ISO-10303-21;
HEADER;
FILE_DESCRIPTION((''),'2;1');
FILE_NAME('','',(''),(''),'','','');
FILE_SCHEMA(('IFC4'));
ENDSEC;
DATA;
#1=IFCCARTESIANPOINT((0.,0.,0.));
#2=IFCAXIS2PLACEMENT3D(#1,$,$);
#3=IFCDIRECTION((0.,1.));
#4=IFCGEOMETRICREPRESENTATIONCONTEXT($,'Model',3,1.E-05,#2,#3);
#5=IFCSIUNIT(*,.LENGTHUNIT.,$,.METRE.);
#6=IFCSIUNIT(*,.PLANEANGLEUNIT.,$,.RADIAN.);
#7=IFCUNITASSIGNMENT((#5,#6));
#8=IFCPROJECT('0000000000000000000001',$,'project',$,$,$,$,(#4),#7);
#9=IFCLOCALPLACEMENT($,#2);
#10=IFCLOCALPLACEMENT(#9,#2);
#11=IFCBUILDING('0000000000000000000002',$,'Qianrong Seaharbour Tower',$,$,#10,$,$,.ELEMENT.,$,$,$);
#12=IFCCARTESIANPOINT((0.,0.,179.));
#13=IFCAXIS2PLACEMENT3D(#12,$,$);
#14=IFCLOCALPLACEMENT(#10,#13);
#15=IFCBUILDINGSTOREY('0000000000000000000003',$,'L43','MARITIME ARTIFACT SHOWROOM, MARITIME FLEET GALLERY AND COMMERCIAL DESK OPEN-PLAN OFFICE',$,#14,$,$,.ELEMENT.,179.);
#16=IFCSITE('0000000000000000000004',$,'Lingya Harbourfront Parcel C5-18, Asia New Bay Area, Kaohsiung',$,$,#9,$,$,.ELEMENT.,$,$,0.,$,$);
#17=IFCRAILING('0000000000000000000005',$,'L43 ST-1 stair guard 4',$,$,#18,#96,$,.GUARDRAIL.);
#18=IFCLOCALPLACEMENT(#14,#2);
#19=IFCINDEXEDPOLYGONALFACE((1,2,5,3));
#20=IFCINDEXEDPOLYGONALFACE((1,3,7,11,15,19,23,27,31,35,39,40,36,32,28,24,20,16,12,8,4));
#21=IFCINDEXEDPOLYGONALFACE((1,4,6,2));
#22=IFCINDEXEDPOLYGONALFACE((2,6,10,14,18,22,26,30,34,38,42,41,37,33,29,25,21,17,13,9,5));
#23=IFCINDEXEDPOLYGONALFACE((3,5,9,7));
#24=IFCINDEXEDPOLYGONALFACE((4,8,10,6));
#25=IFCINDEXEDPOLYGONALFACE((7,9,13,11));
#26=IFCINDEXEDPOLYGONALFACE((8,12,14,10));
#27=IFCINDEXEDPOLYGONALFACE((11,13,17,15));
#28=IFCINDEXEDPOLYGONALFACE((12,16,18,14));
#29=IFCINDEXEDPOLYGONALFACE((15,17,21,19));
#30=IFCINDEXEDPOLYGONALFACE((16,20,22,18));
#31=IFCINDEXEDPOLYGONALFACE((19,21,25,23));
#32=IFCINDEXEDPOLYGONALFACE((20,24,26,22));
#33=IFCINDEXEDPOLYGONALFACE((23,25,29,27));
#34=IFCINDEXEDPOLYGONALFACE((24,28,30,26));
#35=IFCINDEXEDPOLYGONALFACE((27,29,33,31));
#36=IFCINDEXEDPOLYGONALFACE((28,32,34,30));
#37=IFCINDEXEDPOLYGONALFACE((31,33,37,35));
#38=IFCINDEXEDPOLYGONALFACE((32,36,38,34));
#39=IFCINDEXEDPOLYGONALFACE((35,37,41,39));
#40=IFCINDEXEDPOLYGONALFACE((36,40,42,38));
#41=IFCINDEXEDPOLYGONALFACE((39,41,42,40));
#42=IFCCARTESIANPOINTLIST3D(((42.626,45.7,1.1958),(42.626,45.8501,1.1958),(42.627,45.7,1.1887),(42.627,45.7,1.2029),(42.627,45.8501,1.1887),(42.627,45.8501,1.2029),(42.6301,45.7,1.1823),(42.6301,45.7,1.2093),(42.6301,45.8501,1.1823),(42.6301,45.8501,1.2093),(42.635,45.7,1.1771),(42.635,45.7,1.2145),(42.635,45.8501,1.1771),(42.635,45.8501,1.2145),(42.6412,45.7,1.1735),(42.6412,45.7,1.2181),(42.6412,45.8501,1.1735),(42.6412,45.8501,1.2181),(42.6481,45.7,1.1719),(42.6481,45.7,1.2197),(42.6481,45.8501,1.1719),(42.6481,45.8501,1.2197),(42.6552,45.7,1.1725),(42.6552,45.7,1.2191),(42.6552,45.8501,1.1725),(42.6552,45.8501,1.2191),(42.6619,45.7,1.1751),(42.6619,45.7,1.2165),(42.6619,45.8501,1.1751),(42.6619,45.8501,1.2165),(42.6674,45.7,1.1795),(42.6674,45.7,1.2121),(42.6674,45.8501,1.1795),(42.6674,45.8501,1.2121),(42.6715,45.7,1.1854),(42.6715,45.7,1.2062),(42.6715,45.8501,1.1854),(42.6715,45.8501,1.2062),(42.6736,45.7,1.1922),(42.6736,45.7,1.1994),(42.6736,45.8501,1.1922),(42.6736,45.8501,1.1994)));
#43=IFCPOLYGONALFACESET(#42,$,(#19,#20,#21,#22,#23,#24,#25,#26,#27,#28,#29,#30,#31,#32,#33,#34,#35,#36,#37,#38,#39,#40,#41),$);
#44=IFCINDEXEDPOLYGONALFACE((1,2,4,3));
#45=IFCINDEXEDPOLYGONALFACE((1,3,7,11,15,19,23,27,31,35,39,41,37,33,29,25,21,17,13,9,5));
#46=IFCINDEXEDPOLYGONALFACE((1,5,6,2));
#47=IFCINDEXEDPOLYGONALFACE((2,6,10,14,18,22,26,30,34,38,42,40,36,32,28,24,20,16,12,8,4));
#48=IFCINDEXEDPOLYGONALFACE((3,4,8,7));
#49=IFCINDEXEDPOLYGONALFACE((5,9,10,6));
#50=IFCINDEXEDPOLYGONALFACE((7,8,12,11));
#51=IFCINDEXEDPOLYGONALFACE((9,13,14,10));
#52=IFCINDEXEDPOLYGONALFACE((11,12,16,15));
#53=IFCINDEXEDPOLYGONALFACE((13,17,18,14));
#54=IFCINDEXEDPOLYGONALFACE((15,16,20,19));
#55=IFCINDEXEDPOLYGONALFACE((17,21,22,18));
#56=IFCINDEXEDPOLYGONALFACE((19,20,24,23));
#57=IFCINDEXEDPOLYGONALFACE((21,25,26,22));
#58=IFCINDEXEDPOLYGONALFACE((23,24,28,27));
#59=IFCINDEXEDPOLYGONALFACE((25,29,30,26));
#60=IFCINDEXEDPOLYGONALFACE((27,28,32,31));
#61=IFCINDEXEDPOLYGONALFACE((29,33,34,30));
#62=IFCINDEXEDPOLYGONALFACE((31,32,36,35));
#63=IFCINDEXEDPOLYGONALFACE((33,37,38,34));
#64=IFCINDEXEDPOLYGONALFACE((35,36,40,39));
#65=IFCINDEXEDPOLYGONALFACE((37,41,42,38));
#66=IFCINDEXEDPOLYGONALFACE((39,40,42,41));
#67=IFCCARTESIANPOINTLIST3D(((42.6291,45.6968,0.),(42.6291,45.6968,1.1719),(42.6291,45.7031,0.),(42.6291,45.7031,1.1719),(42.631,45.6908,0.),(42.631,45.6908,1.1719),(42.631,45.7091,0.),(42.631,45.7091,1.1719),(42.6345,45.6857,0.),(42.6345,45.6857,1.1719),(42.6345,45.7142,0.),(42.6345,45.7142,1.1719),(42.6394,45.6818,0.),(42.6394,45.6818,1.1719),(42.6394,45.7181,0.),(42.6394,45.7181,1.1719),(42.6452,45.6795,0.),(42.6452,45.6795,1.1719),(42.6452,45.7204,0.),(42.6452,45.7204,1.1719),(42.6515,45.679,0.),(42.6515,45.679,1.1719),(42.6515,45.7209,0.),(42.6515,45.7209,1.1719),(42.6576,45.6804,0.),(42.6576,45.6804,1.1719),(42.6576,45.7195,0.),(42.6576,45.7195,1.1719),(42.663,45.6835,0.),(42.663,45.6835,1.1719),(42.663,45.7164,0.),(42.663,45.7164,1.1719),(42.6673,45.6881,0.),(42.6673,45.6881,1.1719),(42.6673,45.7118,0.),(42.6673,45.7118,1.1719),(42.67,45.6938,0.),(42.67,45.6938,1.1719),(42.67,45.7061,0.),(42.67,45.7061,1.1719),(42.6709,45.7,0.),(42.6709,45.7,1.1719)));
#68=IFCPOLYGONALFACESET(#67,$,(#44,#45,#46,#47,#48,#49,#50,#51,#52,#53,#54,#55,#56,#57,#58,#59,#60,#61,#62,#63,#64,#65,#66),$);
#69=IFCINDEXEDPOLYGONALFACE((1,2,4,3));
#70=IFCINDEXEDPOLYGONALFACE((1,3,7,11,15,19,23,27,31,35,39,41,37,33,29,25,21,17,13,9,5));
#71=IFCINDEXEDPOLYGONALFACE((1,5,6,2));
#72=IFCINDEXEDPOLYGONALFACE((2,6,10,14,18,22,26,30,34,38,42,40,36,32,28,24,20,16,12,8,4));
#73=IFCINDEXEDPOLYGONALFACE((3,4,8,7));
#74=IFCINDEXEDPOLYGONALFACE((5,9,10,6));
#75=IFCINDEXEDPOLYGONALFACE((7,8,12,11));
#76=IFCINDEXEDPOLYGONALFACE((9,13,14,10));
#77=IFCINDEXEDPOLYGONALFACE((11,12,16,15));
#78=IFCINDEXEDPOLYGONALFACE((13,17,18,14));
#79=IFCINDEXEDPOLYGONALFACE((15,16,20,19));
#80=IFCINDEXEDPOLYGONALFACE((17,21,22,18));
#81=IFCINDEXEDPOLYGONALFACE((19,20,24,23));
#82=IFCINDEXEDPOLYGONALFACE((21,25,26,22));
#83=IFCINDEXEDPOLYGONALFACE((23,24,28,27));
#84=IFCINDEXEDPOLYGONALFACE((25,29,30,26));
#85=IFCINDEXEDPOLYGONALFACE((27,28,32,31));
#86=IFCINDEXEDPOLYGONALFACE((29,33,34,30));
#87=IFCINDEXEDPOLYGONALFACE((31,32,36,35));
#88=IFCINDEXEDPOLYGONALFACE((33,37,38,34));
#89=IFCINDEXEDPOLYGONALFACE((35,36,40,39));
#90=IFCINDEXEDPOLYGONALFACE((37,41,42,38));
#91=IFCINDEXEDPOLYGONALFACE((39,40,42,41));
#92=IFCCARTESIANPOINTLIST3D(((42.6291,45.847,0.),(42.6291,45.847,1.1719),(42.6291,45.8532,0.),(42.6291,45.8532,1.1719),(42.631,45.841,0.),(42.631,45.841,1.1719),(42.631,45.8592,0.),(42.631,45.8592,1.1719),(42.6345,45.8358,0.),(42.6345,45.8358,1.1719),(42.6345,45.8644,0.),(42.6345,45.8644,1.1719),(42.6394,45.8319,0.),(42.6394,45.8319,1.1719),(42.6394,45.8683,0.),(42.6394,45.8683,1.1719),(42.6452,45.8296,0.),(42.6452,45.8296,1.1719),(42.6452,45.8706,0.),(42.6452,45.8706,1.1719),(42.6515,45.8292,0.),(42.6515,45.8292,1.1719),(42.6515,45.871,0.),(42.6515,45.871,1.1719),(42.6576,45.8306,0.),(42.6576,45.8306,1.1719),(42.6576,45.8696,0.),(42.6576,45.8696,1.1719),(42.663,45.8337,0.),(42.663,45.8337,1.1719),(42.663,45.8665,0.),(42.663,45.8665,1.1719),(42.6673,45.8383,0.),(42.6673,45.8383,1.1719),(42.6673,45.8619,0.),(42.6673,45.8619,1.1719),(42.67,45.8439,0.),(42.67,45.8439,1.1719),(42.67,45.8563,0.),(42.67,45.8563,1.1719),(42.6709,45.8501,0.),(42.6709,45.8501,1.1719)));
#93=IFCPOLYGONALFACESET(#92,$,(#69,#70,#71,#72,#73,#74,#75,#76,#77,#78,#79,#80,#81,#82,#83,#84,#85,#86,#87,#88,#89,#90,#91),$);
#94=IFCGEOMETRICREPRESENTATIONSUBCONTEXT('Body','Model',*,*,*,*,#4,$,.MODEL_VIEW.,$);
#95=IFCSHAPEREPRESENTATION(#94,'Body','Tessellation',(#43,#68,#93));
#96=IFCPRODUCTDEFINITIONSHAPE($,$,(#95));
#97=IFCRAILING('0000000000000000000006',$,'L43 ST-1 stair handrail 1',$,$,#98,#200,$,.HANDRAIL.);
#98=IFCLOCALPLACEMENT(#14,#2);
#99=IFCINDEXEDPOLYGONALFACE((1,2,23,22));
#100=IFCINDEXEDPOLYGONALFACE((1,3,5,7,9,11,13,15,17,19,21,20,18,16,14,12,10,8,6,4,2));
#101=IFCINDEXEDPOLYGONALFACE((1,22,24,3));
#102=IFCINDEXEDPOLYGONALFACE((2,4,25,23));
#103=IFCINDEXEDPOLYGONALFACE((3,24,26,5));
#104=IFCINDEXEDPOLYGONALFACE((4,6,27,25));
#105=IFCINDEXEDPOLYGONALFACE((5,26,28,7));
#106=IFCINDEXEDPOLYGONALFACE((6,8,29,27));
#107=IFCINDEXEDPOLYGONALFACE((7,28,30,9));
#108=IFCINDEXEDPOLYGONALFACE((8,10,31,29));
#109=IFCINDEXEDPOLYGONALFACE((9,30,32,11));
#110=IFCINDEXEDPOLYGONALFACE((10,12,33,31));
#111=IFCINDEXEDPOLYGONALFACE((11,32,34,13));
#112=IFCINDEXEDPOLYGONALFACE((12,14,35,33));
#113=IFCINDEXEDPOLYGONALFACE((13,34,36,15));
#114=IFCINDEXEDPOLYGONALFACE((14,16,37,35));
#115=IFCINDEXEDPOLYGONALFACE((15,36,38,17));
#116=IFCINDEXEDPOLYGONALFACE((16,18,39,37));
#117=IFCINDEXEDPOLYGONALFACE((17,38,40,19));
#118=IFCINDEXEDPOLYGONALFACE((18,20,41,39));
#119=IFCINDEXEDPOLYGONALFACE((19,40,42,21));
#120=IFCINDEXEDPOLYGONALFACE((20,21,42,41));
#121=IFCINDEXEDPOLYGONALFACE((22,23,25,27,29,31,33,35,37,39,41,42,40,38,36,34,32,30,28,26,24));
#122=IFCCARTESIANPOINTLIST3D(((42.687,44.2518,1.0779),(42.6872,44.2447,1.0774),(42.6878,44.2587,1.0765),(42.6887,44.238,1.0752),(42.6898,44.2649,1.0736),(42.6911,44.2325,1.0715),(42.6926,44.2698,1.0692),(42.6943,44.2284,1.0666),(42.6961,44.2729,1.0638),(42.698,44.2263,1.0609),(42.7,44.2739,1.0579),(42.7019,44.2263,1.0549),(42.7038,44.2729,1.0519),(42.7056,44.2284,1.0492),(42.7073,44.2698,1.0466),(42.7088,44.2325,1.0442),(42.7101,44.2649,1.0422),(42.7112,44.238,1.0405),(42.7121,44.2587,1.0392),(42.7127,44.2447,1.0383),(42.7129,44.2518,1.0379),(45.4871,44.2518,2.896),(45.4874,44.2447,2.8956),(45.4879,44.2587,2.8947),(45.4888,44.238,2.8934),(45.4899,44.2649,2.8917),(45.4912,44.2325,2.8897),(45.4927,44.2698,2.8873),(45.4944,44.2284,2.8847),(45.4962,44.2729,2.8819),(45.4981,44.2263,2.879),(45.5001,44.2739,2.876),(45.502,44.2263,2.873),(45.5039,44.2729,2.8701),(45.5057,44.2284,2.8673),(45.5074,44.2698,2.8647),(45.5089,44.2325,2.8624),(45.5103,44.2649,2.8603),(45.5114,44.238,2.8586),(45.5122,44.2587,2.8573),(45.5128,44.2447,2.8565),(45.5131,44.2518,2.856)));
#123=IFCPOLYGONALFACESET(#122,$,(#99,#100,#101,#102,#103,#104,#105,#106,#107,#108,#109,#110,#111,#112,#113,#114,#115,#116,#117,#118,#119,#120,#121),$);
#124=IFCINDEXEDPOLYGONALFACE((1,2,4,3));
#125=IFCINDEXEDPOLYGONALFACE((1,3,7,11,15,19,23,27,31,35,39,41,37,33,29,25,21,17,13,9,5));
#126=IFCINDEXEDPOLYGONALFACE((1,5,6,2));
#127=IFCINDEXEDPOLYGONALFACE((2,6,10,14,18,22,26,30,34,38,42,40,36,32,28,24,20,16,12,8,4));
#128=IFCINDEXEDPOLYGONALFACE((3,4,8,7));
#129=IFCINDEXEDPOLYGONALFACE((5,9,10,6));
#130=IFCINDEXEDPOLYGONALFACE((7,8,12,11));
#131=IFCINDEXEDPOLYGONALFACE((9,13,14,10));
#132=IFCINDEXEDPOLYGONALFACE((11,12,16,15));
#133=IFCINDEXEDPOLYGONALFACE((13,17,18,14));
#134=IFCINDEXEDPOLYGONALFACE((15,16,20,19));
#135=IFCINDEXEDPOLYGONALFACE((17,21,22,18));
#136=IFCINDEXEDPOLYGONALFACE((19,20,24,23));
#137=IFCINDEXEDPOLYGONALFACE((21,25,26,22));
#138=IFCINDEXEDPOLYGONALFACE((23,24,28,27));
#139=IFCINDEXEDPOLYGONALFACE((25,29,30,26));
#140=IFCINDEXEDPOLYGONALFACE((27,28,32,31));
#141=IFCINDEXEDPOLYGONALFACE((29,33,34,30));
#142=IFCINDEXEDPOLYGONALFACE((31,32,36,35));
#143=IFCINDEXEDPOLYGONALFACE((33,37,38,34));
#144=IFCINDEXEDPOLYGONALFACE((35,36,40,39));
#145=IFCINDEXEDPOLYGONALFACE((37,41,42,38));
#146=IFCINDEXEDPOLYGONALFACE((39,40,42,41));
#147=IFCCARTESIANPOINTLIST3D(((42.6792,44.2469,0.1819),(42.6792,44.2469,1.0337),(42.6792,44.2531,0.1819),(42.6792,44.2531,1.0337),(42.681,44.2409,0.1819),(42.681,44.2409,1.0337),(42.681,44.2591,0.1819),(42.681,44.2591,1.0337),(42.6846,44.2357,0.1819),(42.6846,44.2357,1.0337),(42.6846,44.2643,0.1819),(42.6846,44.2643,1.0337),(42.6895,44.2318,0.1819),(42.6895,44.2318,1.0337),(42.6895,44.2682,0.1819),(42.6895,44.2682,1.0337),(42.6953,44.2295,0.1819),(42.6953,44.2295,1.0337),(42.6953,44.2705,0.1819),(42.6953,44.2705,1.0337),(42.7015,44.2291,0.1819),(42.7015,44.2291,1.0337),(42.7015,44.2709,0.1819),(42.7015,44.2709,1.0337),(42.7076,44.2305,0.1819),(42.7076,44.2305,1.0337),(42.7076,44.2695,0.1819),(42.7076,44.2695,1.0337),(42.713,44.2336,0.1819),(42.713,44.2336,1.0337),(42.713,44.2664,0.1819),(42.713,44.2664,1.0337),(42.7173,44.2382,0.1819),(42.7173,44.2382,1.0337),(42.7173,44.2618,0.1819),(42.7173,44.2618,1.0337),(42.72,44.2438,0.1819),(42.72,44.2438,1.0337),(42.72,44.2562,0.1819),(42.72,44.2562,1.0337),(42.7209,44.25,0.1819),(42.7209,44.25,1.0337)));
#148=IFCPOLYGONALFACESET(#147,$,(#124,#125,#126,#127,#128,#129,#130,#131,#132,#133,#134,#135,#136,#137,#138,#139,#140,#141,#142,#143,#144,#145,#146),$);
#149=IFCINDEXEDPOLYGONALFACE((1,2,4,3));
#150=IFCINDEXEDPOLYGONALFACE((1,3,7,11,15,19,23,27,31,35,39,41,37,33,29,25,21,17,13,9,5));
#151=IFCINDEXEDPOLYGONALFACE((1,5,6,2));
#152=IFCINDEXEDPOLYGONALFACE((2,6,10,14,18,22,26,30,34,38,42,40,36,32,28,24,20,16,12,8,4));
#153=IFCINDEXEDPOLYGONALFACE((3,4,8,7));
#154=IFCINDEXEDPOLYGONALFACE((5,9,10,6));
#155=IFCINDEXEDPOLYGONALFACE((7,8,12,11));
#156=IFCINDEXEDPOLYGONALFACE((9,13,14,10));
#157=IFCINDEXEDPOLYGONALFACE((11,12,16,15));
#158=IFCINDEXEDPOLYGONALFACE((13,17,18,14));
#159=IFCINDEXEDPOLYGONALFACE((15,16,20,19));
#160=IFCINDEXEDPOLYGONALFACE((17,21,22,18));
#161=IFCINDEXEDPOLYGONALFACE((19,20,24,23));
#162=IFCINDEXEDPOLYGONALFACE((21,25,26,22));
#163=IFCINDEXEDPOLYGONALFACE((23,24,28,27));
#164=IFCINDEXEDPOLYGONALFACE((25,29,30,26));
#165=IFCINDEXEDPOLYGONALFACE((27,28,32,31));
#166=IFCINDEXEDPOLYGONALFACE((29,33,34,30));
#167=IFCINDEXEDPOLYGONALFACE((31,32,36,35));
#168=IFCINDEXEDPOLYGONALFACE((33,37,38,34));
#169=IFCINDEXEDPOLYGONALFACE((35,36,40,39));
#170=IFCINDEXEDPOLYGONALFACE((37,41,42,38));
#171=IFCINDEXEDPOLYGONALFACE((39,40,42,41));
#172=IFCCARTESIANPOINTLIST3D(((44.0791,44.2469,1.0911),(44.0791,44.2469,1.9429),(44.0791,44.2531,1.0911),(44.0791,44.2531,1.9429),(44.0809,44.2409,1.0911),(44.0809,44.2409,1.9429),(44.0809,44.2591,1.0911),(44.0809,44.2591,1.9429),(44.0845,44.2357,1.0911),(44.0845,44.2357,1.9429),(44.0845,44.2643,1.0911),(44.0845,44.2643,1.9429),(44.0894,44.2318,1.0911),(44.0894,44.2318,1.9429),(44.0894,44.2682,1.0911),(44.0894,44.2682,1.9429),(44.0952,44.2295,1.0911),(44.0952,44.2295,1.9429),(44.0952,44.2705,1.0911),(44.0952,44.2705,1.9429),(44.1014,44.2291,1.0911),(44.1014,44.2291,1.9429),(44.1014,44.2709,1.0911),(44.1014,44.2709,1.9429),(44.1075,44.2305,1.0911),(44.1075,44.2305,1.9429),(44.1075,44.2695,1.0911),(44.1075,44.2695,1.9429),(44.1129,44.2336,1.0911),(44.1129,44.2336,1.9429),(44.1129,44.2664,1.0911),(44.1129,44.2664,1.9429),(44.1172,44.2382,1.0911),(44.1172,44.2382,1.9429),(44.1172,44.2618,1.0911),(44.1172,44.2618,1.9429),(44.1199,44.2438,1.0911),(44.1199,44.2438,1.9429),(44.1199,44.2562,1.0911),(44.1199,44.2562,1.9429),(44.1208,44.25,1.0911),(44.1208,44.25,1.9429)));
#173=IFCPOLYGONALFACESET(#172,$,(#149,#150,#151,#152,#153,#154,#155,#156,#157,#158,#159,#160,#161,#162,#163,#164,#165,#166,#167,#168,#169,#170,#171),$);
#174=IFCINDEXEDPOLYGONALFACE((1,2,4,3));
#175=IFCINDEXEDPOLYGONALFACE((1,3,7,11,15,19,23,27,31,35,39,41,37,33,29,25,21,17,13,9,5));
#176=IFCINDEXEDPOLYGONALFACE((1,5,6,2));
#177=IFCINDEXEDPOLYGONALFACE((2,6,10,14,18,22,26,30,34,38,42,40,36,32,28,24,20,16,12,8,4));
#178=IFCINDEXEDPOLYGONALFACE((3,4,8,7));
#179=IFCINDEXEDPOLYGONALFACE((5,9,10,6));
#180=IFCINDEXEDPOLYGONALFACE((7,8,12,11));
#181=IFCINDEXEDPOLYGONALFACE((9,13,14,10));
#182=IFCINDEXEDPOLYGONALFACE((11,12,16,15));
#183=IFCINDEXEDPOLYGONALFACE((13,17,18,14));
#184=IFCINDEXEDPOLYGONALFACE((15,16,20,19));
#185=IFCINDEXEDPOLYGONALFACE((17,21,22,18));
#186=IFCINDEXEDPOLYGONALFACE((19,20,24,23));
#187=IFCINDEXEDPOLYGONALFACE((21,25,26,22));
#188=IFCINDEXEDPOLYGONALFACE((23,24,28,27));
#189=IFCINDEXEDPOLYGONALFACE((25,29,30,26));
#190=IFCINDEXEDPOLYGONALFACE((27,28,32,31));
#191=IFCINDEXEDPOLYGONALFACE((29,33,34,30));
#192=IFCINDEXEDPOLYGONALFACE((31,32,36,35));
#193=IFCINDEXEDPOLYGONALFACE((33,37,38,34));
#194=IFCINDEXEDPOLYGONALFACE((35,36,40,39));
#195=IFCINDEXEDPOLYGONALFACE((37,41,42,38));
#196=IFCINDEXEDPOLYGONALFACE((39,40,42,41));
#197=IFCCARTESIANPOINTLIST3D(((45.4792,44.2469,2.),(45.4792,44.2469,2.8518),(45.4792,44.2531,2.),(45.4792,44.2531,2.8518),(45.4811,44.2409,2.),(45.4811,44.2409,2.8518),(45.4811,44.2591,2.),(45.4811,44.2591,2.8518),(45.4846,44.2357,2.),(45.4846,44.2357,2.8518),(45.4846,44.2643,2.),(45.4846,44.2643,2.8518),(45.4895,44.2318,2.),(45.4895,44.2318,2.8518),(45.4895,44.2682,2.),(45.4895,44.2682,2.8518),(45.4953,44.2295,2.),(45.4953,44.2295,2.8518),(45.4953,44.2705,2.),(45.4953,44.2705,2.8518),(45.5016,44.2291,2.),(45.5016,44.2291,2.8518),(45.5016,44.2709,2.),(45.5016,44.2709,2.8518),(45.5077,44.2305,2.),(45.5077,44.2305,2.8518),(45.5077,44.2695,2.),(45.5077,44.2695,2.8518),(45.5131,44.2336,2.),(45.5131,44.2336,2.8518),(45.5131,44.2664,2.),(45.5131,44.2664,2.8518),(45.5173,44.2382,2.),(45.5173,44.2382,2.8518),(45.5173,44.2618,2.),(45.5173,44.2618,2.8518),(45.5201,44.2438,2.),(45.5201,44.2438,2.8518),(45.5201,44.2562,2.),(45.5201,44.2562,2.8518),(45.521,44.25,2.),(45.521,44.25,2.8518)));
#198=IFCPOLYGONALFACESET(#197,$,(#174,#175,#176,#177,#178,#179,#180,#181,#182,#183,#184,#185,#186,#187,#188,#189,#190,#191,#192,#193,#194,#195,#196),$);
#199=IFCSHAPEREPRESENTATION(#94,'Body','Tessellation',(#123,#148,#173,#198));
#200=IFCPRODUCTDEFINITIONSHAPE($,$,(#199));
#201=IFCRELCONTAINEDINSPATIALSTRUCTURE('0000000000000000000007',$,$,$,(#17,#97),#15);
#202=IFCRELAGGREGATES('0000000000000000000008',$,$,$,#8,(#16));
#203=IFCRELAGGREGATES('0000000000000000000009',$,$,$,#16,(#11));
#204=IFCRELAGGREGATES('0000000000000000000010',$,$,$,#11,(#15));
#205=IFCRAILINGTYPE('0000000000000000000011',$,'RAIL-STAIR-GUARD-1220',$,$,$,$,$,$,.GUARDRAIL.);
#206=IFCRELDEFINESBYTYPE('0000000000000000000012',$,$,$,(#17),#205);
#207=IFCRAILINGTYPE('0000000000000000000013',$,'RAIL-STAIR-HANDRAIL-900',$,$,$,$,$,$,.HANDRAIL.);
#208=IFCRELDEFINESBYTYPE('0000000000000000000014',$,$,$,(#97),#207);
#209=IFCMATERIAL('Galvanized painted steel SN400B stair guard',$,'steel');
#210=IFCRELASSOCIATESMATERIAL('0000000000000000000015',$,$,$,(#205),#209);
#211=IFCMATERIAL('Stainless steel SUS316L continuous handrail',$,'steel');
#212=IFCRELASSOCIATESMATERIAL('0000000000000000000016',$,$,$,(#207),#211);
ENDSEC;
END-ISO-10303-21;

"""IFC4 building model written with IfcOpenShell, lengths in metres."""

from ifc_helpers import new_model, si_unit, direction, frame, origin, origin_2d, place, context, subcontext, project, spatial, circle, extrude, material, type_object, element, save


model = new_model("IFC4")

# Units and contexts
model_context = context("Model", 3, precision=1e-05, world=origin(), true_north=direction((0.0, 1.0)))
body_context = subcontext(model_context, "Body", "Model", "MODEL_VIEW")
ifc_project = project(units=[si_unit("LENGTHUNIT", "METRE"), si_unit("PLANEANGLEUNIT", "RADIAN")], contexts=[model_context])

# Site, building, storey
site_placement = place(None, origin())
site = spatial("IfcSite", under=ifc_project, at=site_placement, Name="Lingya Harbourfront Parcel C5-18, Asia New Bay Area, Kaohsiung", CompositionType="ELEMENT", RefElevation=0.0)
building_placement = place(site_placement, origin())
building = spatial("IfcBuilding", under=site, at=building_placement, Name="Qianrong Seaharbour Tower", CompositionType="ELEMENT")
storey_placement = place(building_placement, frame((0.0, 0.0, 179.0)))
storey = spatial("IfcBuildingStorey", under=building, at=storey_placement, Name="L43", Description="MARITIME ARTIFACT SHOWROOM, MARITIME FLEET GALLERY AND COMMERCIAL DESK OPEN-PLAN OFFICE", CompositionType="ELEMENT", Elevation=179.0)

# Railings
ifc_material_1 = material(Name="Galvanized painted steel SN400B stair guard", Category="steel")
railing_type_1 = type_object("IfcRailingType", Name="RAIL-STAIR-GUARD-1220", PredefinedType="GUARDRAIL", material=ifc_material_1)
railing_1_placement = place(storey_placement, frame((42.6499, 45.7, 0.0)))
element("IfcRailing", 1, at=railing_1_placement, inside=storey, type_object=railing_type_1, Name="L43 ST-1 stair guard 4", PredefinedType="GUARDRAIL", context=body_context, shape_type="SweptSolid", body=[
    extrude(circle(Radius=0.0239, at=origin_2d()), frame((0.0, 0.0, 1.1958), z_axis=(0.0, 1.0, 0.0), x_axis=(-1.0, 0.0, 0.0)), (0.0, 0.0, 1.0), 0.1501),
    extrude(circle(Radius=0.021, at=origin_2d()), origin(), (0.0, 0.0, 1.0), 1.1719),
    extrude(circle(Radius=0.021, at=origin_2d()), frame((0.0, 0.1501, 0.0)), (0.0, 0.0, 1.0), 1.1719),
])
ifc_material_2 = material(Name="Stainless steel SUS316L continuous handrail", Category="steel")
railing_type_2 = type_object("IfcRailingType", Name="RAIL-STAIR-HANDRAIL-900", PredefinedType="HANDRAIL", material=ifc_material_2)
railing_2_placement = place(storey_placement, frame((42.7, 44.25, 0.1819)))
element("IfcRailing", 2, at=railing_2_placement, inside=storey, type_object=railing_type_2, Name="L43 ST-1 stair handrail 1", PredefinedType="HANDRAIL", context=body_context, shape_type="SweptSolid", body=[
    extrude(circle(Radius=0.0239, at=origin_2d()), frame((0.0, 0.0, 0.876), z_axis=(0.838706, 0.0, 0.544585), x_axis=(0.0, 1.0, 0.0)), (0.0, 0.0, 1.0), 3.3386),
    extrude(circle(Radius=0.021, at=origin_2d()), origin(), (0.0, 0.0, 1.0), 0.8518),
    extrude(circle(Radius=0.021, at=origin_2d()), frame((1.3999, 0.0, 0.9092)), (0.0, 0.0, 1.0), 0.8518),
    extrude(circle(Radius=0.021, at=origin_2d()), frame((2.8, 0.0, 1.8181)), (0.0, 0.0, 1.0), 0.8518),
])

save(model, "model.ifc")
